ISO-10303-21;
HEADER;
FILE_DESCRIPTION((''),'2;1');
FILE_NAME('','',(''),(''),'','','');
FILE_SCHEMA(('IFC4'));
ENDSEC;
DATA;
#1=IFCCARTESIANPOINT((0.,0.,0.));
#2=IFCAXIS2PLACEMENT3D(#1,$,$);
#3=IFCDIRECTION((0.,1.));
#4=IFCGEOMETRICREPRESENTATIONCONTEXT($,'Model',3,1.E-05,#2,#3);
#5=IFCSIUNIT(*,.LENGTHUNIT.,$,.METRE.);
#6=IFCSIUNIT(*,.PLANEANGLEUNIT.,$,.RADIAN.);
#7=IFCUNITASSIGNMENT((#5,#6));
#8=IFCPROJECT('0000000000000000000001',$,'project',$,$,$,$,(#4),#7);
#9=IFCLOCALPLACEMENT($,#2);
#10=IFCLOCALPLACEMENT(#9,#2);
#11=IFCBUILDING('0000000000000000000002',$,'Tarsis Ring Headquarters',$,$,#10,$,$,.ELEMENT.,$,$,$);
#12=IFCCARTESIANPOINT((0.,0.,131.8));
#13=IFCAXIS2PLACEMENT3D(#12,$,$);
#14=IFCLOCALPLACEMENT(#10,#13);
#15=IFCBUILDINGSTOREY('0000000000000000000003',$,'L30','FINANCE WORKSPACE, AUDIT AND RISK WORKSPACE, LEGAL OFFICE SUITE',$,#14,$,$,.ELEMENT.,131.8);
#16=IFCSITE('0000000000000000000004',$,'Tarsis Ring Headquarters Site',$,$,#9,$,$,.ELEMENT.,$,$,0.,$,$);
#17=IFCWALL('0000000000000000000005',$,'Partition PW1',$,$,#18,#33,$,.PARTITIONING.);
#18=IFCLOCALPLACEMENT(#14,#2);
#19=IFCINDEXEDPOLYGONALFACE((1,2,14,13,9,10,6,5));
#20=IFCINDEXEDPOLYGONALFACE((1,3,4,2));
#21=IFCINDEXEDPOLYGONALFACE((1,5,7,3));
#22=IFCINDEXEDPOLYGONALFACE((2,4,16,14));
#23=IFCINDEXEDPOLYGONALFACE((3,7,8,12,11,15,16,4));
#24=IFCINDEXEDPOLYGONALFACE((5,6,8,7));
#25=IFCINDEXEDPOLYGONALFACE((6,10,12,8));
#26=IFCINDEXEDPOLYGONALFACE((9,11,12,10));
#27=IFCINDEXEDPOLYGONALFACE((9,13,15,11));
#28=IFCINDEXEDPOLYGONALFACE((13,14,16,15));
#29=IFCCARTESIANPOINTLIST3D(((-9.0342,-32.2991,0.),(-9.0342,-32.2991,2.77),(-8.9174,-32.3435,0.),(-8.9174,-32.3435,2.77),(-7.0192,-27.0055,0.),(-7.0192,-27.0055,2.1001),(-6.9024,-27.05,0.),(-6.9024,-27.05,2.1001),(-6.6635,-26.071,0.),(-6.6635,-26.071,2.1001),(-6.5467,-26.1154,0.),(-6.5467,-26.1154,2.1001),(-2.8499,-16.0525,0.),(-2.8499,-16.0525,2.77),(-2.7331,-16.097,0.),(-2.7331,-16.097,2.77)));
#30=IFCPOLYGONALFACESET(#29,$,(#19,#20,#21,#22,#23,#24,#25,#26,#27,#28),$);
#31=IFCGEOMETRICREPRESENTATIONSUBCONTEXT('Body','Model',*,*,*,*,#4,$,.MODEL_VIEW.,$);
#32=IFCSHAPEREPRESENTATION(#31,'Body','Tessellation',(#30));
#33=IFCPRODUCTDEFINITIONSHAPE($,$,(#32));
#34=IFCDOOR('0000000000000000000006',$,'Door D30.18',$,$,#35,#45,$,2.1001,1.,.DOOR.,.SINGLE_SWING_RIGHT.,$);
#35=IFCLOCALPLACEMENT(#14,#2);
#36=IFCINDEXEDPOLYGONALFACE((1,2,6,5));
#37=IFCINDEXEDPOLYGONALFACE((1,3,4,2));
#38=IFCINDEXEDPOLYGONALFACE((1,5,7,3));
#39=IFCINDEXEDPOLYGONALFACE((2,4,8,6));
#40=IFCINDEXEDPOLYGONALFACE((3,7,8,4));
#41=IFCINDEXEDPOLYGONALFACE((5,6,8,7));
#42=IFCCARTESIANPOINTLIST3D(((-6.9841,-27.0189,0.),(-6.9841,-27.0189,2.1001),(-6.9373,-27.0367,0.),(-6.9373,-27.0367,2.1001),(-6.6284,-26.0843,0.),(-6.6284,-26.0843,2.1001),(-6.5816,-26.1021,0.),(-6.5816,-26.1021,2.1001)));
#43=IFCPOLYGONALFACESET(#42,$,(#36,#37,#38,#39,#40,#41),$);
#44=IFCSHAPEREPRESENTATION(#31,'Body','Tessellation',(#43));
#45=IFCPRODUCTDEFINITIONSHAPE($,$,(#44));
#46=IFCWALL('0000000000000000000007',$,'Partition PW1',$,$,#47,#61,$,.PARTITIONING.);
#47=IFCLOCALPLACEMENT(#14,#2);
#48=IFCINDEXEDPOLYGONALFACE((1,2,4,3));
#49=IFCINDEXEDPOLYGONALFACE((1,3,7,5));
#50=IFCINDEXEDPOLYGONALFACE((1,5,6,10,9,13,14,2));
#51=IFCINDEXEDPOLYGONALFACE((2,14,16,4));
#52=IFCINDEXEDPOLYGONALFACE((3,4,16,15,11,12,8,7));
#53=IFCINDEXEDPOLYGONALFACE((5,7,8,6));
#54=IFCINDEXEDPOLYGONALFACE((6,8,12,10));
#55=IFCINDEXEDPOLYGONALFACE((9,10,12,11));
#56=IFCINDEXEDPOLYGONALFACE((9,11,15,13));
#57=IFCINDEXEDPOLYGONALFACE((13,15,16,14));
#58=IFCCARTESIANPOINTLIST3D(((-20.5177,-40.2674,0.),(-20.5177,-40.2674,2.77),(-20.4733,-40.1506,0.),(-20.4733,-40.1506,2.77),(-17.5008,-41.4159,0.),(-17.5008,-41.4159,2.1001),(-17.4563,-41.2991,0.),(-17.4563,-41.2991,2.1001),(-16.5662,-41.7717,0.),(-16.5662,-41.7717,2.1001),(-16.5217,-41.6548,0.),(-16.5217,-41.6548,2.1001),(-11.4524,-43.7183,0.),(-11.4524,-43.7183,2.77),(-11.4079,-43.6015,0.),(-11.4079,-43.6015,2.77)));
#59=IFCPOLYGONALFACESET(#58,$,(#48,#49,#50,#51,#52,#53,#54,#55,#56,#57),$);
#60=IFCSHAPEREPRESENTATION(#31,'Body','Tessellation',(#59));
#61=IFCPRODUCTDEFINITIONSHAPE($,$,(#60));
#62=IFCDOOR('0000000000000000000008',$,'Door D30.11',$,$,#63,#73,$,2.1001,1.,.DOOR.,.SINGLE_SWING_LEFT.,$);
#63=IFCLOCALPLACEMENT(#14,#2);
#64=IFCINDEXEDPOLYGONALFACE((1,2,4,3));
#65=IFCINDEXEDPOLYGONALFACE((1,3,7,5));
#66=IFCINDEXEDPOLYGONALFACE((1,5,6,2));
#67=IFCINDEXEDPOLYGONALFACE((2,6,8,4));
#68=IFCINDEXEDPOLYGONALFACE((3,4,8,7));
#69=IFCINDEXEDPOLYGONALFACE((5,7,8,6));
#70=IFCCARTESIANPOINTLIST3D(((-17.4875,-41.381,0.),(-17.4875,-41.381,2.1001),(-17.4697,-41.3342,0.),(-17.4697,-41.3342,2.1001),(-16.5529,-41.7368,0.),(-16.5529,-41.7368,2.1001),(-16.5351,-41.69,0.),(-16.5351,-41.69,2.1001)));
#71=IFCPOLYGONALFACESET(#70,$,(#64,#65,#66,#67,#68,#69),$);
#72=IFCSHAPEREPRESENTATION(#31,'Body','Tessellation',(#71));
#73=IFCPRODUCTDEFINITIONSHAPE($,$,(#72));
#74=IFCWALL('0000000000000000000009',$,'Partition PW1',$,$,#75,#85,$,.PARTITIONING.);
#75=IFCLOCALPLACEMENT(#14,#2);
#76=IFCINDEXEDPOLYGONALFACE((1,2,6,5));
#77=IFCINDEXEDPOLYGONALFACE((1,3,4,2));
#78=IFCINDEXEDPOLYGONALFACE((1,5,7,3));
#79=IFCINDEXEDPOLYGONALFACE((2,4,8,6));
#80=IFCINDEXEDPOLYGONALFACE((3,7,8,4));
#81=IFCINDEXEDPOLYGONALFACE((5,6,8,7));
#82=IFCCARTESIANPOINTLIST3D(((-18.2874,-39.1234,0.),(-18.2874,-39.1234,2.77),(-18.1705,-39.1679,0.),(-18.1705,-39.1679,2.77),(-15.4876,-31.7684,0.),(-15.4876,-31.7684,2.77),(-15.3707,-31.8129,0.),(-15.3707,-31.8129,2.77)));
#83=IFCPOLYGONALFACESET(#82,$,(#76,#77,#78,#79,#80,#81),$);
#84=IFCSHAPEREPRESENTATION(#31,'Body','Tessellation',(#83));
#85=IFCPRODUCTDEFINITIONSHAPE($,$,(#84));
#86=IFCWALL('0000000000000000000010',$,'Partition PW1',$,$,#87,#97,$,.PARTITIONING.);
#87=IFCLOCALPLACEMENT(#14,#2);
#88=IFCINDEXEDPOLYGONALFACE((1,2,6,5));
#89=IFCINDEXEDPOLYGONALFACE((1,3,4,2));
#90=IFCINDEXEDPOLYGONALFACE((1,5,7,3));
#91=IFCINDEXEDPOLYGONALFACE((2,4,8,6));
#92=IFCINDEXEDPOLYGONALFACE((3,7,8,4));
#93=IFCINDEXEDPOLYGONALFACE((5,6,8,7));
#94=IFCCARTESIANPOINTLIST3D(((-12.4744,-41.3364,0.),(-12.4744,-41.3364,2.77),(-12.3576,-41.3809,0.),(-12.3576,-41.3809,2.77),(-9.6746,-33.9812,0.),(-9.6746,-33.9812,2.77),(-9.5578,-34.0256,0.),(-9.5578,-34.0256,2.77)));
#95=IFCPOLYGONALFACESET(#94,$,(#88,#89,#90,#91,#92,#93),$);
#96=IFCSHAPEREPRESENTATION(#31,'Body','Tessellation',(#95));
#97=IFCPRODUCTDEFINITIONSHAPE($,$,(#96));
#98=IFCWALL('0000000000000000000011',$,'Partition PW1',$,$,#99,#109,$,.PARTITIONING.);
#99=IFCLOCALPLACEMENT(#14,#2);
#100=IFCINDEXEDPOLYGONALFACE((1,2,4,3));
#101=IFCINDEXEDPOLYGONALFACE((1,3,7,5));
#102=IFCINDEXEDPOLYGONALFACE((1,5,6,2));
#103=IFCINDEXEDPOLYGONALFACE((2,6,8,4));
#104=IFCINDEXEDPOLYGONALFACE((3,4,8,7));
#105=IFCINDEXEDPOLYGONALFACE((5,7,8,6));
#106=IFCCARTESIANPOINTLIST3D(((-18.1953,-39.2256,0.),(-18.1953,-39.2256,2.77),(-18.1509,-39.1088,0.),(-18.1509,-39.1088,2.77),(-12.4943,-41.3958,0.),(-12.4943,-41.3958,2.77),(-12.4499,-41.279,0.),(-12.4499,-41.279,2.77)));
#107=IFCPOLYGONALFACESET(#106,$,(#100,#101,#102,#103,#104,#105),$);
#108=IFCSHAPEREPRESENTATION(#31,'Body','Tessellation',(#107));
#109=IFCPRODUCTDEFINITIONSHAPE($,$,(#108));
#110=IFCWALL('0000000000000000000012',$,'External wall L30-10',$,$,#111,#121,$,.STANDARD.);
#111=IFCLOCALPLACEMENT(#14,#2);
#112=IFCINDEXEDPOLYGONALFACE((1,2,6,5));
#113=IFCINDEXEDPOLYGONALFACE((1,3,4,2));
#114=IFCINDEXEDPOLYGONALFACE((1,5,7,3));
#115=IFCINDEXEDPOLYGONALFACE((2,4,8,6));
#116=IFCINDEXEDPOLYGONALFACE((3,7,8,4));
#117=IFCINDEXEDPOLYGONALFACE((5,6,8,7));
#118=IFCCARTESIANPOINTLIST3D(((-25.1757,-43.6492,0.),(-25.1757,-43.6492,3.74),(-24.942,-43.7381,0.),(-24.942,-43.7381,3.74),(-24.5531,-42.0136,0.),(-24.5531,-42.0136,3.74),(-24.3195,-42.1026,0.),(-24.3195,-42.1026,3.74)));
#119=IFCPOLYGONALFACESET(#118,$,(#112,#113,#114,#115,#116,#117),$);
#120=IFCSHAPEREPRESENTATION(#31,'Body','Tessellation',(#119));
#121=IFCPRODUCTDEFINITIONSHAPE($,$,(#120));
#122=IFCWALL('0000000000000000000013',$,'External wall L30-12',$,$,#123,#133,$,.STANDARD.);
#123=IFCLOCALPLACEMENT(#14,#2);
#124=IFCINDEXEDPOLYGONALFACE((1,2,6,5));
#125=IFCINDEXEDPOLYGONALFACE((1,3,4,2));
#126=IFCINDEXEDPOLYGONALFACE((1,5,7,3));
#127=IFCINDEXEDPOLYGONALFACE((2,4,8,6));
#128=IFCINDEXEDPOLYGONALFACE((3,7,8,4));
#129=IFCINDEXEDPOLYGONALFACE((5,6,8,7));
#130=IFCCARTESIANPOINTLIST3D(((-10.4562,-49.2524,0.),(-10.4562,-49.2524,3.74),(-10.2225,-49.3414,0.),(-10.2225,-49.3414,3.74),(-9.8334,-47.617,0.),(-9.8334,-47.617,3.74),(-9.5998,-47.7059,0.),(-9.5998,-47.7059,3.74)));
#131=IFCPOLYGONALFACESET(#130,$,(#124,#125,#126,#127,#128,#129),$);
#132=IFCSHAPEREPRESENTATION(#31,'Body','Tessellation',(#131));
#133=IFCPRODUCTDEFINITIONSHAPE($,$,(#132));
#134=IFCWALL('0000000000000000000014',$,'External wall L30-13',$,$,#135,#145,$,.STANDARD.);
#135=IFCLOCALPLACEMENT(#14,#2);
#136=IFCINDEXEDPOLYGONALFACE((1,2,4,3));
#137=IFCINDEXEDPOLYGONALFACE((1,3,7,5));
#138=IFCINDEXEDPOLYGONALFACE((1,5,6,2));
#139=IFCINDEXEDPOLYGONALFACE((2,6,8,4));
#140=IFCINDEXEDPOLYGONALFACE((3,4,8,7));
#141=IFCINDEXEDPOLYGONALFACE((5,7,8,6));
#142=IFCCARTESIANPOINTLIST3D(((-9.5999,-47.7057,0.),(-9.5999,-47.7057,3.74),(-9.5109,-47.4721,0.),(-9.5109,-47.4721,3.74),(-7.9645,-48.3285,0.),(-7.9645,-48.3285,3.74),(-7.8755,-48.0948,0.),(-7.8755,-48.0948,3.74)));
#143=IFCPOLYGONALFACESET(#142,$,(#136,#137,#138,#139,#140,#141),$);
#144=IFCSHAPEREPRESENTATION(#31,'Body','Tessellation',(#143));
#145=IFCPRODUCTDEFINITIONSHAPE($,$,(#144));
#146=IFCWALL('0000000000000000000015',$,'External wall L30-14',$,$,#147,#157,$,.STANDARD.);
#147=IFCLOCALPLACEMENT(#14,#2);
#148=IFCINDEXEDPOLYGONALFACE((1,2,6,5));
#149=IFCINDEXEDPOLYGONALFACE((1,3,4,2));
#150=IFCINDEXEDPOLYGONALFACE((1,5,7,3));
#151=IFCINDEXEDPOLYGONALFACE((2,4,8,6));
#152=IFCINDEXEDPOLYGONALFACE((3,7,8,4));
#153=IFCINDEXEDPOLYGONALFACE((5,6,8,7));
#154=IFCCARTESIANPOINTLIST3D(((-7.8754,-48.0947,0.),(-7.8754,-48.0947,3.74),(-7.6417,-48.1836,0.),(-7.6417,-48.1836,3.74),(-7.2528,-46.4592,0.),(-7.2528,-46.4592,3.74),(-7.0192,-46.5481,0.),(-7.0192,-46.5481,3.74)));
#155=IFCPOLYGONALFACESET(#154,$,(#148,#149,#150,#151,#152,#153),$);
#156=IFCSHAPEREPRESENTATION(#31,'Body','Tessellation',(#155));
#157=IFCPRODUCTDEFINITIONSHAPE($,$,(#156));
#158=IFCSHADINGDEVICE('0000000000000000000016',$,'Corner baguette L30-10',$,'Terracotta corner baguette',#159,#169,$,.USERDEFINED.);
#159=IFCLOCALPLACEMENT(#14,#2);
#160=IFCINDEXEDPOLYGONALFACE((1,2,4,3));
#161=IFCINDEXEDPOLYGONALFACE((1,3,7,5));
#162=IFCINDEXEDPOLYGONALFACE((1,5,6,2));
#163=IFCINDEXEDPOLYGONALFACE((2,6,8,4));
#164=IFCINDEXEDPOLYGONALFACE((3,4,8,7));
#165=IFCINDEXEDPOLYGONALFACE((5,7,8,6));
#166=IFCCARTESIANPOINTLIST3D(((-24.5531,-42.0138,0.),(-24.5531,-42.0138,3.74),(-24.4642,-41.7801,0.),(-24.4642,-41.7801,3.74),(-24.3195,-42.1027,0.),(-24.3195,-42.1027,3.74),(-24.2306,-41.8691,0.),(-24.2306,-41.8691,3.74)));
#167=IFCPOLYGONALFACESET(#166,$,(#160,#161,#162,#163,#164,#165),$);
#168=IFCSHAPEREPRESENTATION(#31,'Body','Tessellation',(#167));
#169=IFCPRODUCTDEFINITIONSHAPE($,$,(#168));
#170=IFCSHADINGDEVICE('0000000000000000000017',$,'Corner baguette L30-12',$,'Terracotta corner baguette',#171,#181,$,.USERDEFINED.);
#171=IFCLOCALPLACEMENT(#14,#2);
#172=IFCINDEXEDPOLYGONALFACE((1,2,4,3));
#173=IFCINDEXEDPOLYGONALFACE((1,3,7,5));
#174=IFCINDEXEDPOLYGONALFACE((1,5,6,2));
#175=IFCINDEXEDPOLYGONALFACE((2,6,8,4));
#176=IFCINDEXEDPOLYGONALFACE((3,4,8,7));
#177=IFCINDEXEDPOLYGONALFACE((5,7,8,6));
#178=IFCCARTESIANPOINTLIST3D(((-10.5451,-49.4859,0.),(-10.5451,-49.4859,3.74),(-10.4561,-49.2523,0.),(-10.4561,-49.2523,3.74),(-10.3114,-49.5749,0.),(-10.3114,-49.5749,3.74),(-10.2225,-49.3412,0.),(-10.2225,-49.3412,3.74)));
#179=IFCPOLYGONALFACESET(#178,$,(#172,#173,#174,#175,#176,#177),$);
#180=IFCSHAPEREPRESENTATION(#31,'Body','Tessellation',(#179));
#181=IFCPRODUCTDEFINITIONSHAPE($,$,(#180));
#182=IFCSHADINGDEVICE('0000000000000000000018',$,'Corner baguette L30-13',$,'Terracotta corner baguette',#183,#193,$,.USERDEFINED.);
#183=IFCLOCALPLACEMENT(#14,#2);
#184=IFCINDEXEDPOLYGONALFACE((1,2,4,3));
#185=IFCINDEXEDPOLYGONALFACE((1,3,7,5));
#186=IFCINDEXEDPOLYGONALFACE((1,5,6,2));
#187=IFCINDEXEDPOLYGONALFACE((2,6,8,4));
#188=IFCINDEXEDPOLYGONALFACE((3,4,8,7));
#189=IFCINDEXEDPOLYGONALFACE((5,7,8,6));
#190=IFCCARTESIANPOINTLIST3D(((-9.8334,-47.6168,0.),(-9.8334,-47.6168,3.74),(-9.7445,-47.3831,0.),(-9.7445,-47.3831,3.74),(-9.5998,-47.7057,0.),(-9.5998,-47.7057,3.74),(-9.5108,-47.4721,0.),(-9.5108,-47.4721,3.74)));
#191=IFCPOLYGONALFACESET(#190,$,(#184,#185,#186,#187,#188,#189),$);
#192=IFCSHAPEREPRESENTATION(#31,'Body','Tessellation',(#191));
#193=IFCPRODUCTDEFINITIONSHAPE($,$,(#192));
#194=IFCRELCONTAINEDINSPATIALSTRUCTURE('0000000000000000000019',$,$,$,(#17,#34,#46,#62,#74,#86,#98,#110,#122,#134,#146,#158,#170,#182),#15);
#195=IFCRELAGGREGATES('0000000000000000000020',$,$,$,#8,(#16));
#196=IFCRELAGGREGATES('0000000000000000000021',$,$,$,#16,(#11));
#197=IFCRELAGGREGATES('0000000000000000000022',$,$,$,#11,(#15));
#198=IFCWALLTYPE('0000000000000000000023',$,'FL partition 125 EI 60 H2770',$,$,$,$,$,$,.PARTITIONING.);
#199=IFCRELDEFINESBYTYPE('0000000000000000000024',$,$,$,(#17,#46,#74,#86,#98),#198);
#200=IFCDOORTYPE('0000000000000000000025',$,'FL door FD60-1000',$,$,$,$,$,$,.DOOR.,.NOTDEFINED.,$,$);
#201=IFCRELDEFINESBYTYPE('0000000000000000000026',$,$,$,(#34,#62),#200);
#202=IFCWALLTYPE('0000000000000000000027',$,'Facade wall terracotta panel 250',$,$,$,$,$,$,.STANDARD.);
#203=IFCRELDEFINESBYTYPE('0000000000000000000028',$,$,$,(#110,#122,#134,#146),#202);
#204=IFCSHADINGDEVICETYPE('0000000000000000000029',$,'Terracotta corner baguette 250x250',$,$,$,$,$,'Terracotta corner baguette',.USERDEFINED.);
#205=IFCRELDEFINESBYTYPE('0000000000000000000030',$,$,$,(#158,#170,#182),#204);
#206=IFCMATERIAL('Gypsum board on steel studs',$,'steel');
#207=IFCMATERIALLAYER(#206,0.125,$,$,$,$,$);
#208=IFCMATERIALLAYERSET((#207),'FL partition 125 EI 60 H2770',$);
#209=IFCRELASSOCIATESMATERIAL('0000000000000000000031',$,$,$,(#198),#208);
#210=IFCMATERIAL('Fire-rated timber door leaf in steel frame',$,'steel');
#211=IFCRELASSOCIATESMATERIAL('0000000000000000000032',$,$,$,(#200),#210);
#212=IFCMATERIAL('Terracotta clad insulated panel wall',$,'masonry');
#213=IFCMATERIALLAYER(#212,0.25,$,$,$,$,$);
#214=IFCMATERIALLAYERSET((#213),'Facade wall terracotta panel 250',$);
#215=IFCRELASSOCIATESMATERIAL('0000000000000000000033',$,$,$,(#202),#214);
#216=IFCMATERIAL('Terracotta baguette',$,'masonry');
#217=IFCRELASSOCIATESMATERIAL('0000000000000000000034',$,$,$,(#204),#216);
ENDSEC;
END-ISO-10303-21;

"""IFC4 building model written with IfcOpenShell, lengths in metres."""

from ifc_helpers import new_model, si_unit, direction, frame, frame_2d, origin, origin_2d, place, context, subcontext, project, spatial, rectangle, extrude, material, layer, layer_set, type_object, element, fill, save


model = new_model("IFC4")

# Units and contexts
model_context = context("Model", 3, precision=1e-05, world=origin(), true_north=direction((0.0, 1.0)))
body_context = subcontext(model_context, "Body", "Model", "MODEL_VIEW")
ifc_project = project(units=[si_unit("LENGTHUNIT", "METRE"), si_unit("PLANEANGLEUNIT", "RADIAN")], contexts=[model_context])

# Site, building, storey
site_placement = place(None, origin())
site = spatial("IfcSite", under=ifc_project, at=site_placement, Name="Tarsis Ring Headquarters Site", CompositionType="ELEMENT", RefElevation=0.0)
building_placement = place(site_placement, origin())
building = spatial("IfcBuilding", under=site, at=building_placement, Name="Tarsis Ring Headquarters", CompositionType="ELEMENT")
storey_placement = place(building_placement, frame((0.0, 0.0, 131.8)))
storey = spatial("IfcBuildingStorey", under=building, at=storey_placement, Name="L30", Description="FINANCE WORKSPACE, AUDIT AND RISK WORKSPACE, LEGAL OFFICE SUITE", CompositionType="ELEMENT", Elevation=131.8)

# Shared definitions
ifc_material_1 = material(Name="Gypsum board on steel studs", Category="steel")

# Shared definitions
ifc_layer_1 = layer(ifc_material_1, 0.125)
ifc_layer_set_1 = layer_set([ifc_layer_1], Name="FL partition 125 EI 60 H2770")
wall_type_1 = type_object("IfcWallType", Name="FL partition 125 EI 60 H2770", PredefinedType="PARTITIONING", material=ifc_layer_set_1)
ifc_material_2 = material(Name="Fire-rated timber door leaf in steel frame", Category="steel")

# Walls, openings, doors
wall_1_placement = place(storey_placement, frame((-8.9758, -32.3213, 0.0), z_axis=(0.0, 0.0, 1.0), x_axis=(0.355752, 0.93458, 0.0)))
wall_1 = element("IfcWall", 1, at=wall_1_placement, inside=storey, type_object=wall_type_1, Name="Partition PW1", PredefinedType="PARTITIONING", context=body_context, shape_type="SweptSolid", body=[
    extrude(rectangle(XDim=17.3838, YDim=0.125, at=frame_2d((8.6919, 0.0))), origin(), (0.0, 0.0, 1.0), 2.77),
])
opening_1_placement = place(wall_1_placement, frame((5.6641, 0.0, 0.0)))
opening_1 = element("IfcOpeningElement", 2, at=opening_1_placement, cuts=wall_1, PredefinedType="OPENING", context=body_context, shape_type="SweptSolid", body=[
    extrude(rectangle(XDim=1.0, YDim=2.1001, at=frame_2d((0.5, 1.05))), frame((0.0, 0.0725, 0.0), z_axis=(0.0, -1.0, 0.0), x_axis=(1.0, 0.0, 0.0)), (0.0, 0.0, 1.0), 0.145),
])
door_type_1 = type_object("IfcDoorType", Name="FL door FD60-1000", OperationType="NOTDEFINED", PredefinedType="DOOR", material=ifc_material_2)
door_1_placement = place(opening_1_placement, origin())
door_1 = element("IfcDoor", 3, at=door_1_placement, inside=storey, type_object=door_type_1, Name="Door D30.18", OperationType="SINGLE_SWING_RIGHT", OverallHeight=2.1001, OverallWidth=1.0, PredefinedType="DOOR", context=body_context, shape_type="SweptSolid", body=[
    extrude(rectangle(XDim=1.0, YDim=2.1001, at=frame_2d((0.5, 1.05))), frame((0.0, 0.0249, 0.0), z_axis=(0.0, -1.0, 0.0), x_axis=(1.0, 0.0, 0.0)), (0.0, 0.0, 1.0), 0.05),
])
fill(opening_1, door_1)
wall_2_placement = place(storey_placement, frame((-20.4956, -40.209, 0.0), z_axis=(0.0, 0.0, 1.0), x_axis=(0.934576, -0.355764, 0.0)))
wall_2 = element("IfcWall", 4, at=wall_2_placement, inside=storey, type_object=wall_type_1, Name="Partition PW1", PredefinedType="PARTITIONING", context=body_context, shape_type="SweptSolid", body=[
    extrude(rectangle(XDim=9.7, YDim=0.125, at=frame_2d((4.8501, 0.0))), origin(), (0.0, 0.0, 1.0), 2.77),
])
opening_2_placement = place(wall_2_placement, frame((3.2283, 0.0, 0.0)))
opening_2 = element("IfcOpeningElement", 5, at=opening_2_placement, cuts=wall_2, PredefinedType="OPENING", context=body_context, shape_type="SweptSolid", body=[
    extrude(rectangle(XDim=1.0, YDim=2.1001, at=frame_2d((0.5, 1.05))), frame((0.0, 0.0725, 0.0), z_axis=(0.0, -1.0, 0.0), x_axis=(1.0, 0.0, 0.0)), (0.0, 0.0, 1.0), 0.145),
])
door_2_placement = place(opening_2_placement, origin())
door_2 = element("IfcDoor", 6, at=door_2_placement, inside=storey, type_object=door_type_1, Name="Door D30.11", OperationType="SINGLE_SWING_LEFT", OverallHeight=2.1001, OverallWidth=1.0, PredefinedType="DOOR", context=body_context, shape_type="SweptSolid", body=[
    extrude(rectangle(XDim=1.0, YDim=2.1001, at=frame_2d((0.5, 1.05))), frame((0.0, 0.0249, 0.0), z_axis=(0.0, -1.0, 0.0), x_axis=(1.0, 0.0, 0.0)), (0.0, 0.0, 1.0), 0.05),
])
fill(opening_2, door_2)

# Walls
wall_3_placement = place(storey_placement, frame((-18.229, -39.1458, 0.0), z_axis=(0.0, 0.0, 1.0), x_axis=(0.355763, 0.934576, 0.0)))
element("IfcWall", 7, at=wall_3_placement, inside=storey, type_object=wall_type_1, Name="Partition PW1", PredefinedType="PARTITIONING", context=body_context, shape_type="SweptSolid", body=[
    extrude(rectangle(XDim=7.8699, YDim=0.125, at=frame_2d((3.9351, 0.0))), origin(), (0.0, 0.0, 1.0), 2.77),
])
wall_4_placement = place(storey_placement, frame((-12.416, -41.3586, 0.0), z_axis=(0.0, 0.0, 1.0), x_axis=(0.355753, 0.93458, 0.0)))
element("IfcWall", 8, at=wall_4_placement, inside=storey, type_object=wall_type_1, Name="Partition PW1", PredefinedType="PARTITIONING", context=body_context, shape_type="SweptSolid", body=[
    extrude(rectangle(XDim=7.8701, YDim=0.125, at=frame_2d((3.9351, 0.0))), origin(), (0.0, 0.0, 1.0), 2.77),
])
wall_5_placement = place(storey_placement, frame((-18.1731, -39.1672, 0.0), z_axis=(0.0, 0.0, 1.0), x_axis=(0.934576, -0.355764, 0.0)))
element("IfcWall", 9, at=wall_5_placement, inside=storey, type_object=wall_type_1, Name="Partition PW1", PredefinedType="PARTITIONING", context=body_context, shape_type="SweptSolid", body=[
    extrude(rectangle(XDim=6.1001, YDim=0.125, at=frame_2d((3.05, 0.0))), origin(), (0.0, 0.0, 1.0), 2.77),
])
ifc_material_3 = material(Name="Terracotta clad insulated panel wall", Category="masonry")
ifc_layer_2 = layer(ifc_material_3, 0.25)
ifc_layer_set_2 = layer_set([ifc_layer_2], Name="Facade wall terracotta panel 250")
wall_type_2 = type_object("IfcWallType", Name="Facade wall terracotta panel 250", PredefinedType="STANDARD", material=ifc_layer_set_2)
for number, where, z_axis, x_axis, name in (
    (10, (-24.4363, -42.0581, 0.0), (0.0, 0.0, 1.0), (-0.355752, -0.934581, 0.0), "External wall L30-10"),
    (11, (-10.3394, -49.2969, 0.0), (0.0, 0.0, 1.0), (0.355874, 0.934534, 0.0), "External wall L30-12"),
    (12, (-9.5554, -47.5889, 0.0), (0.0, 0.0, 1.0), (0.934534, -0.355874, 0.0), "External wall L30-13"),
    (13, (-7.7585, -48.1392, 0.0), (0.0, 0.0, 1.0), (0.355752, 0.934581, 0.0), "External wall L30-14"),
):
    element("IfcWall", number, at=place(storey_placement, frame(where, z_axis=z_axis, x_axis=x_axis)), inside=storey, type_object=wall_type_2, Name=name, PredefinedType="STANDARD", context=body_context, shape_type="SweptSolid", body=[
        extrude(rectangle(XDim=1.75, YDim=0.25, at=frame_2d((0.875, 0.0))), origin(), (0.0, 0.0, 1.0), 3.74),
    ])

# Shading devices
ifc_material_4 = material(Name="Terracotta baguette", Category="masonry")
shading_device_type_1 = type_object("IfcShadingDeviceType", Name="Terracotta corner baguette 250x250", ElementType="Terracotta corner baguette", PredefinedType="USERDEFINED", material=ifc_material_4)
for number, where, z_axis, x_axis, name in (
    (14, (-24.3918, -41.9414, 0.0), (0.0, 0.0, 1.0), (0.934578, -0.35576, 0.0), "Corner baguette L30-10"),
    (15, (-10.3838, -49.4136, 0.0), (0.0, 0.0, 1.0), (0.934578, -0.355759, 0.0), "Corner baguette L30-12"),
    (16, (-9.6721, -47.5444, 0.0), (0.0, 0.0, 1.0), (0.35576, 0.934578, 0.0), "Corner baguette L30-13"),
):
    element("IfcShadingDevice", number, at=place(storey_placement, frame(where, z_axis=z_axis, x_axis=x_axis)), inside=storey, type_object=shading_device_type_1, Name=name, ObjectType="Terracotta corner baguette", PredefinedType="USERDEFINED", context=body_context, shape_type="SweptSolid", body=[
        extrude(rectangle(XDim=0.25, YDim=0.25, at=origin_2d()), origin(), (0.0, 0.0, 1.0), 3.74),
    ])

save(model, "model.ifc")
